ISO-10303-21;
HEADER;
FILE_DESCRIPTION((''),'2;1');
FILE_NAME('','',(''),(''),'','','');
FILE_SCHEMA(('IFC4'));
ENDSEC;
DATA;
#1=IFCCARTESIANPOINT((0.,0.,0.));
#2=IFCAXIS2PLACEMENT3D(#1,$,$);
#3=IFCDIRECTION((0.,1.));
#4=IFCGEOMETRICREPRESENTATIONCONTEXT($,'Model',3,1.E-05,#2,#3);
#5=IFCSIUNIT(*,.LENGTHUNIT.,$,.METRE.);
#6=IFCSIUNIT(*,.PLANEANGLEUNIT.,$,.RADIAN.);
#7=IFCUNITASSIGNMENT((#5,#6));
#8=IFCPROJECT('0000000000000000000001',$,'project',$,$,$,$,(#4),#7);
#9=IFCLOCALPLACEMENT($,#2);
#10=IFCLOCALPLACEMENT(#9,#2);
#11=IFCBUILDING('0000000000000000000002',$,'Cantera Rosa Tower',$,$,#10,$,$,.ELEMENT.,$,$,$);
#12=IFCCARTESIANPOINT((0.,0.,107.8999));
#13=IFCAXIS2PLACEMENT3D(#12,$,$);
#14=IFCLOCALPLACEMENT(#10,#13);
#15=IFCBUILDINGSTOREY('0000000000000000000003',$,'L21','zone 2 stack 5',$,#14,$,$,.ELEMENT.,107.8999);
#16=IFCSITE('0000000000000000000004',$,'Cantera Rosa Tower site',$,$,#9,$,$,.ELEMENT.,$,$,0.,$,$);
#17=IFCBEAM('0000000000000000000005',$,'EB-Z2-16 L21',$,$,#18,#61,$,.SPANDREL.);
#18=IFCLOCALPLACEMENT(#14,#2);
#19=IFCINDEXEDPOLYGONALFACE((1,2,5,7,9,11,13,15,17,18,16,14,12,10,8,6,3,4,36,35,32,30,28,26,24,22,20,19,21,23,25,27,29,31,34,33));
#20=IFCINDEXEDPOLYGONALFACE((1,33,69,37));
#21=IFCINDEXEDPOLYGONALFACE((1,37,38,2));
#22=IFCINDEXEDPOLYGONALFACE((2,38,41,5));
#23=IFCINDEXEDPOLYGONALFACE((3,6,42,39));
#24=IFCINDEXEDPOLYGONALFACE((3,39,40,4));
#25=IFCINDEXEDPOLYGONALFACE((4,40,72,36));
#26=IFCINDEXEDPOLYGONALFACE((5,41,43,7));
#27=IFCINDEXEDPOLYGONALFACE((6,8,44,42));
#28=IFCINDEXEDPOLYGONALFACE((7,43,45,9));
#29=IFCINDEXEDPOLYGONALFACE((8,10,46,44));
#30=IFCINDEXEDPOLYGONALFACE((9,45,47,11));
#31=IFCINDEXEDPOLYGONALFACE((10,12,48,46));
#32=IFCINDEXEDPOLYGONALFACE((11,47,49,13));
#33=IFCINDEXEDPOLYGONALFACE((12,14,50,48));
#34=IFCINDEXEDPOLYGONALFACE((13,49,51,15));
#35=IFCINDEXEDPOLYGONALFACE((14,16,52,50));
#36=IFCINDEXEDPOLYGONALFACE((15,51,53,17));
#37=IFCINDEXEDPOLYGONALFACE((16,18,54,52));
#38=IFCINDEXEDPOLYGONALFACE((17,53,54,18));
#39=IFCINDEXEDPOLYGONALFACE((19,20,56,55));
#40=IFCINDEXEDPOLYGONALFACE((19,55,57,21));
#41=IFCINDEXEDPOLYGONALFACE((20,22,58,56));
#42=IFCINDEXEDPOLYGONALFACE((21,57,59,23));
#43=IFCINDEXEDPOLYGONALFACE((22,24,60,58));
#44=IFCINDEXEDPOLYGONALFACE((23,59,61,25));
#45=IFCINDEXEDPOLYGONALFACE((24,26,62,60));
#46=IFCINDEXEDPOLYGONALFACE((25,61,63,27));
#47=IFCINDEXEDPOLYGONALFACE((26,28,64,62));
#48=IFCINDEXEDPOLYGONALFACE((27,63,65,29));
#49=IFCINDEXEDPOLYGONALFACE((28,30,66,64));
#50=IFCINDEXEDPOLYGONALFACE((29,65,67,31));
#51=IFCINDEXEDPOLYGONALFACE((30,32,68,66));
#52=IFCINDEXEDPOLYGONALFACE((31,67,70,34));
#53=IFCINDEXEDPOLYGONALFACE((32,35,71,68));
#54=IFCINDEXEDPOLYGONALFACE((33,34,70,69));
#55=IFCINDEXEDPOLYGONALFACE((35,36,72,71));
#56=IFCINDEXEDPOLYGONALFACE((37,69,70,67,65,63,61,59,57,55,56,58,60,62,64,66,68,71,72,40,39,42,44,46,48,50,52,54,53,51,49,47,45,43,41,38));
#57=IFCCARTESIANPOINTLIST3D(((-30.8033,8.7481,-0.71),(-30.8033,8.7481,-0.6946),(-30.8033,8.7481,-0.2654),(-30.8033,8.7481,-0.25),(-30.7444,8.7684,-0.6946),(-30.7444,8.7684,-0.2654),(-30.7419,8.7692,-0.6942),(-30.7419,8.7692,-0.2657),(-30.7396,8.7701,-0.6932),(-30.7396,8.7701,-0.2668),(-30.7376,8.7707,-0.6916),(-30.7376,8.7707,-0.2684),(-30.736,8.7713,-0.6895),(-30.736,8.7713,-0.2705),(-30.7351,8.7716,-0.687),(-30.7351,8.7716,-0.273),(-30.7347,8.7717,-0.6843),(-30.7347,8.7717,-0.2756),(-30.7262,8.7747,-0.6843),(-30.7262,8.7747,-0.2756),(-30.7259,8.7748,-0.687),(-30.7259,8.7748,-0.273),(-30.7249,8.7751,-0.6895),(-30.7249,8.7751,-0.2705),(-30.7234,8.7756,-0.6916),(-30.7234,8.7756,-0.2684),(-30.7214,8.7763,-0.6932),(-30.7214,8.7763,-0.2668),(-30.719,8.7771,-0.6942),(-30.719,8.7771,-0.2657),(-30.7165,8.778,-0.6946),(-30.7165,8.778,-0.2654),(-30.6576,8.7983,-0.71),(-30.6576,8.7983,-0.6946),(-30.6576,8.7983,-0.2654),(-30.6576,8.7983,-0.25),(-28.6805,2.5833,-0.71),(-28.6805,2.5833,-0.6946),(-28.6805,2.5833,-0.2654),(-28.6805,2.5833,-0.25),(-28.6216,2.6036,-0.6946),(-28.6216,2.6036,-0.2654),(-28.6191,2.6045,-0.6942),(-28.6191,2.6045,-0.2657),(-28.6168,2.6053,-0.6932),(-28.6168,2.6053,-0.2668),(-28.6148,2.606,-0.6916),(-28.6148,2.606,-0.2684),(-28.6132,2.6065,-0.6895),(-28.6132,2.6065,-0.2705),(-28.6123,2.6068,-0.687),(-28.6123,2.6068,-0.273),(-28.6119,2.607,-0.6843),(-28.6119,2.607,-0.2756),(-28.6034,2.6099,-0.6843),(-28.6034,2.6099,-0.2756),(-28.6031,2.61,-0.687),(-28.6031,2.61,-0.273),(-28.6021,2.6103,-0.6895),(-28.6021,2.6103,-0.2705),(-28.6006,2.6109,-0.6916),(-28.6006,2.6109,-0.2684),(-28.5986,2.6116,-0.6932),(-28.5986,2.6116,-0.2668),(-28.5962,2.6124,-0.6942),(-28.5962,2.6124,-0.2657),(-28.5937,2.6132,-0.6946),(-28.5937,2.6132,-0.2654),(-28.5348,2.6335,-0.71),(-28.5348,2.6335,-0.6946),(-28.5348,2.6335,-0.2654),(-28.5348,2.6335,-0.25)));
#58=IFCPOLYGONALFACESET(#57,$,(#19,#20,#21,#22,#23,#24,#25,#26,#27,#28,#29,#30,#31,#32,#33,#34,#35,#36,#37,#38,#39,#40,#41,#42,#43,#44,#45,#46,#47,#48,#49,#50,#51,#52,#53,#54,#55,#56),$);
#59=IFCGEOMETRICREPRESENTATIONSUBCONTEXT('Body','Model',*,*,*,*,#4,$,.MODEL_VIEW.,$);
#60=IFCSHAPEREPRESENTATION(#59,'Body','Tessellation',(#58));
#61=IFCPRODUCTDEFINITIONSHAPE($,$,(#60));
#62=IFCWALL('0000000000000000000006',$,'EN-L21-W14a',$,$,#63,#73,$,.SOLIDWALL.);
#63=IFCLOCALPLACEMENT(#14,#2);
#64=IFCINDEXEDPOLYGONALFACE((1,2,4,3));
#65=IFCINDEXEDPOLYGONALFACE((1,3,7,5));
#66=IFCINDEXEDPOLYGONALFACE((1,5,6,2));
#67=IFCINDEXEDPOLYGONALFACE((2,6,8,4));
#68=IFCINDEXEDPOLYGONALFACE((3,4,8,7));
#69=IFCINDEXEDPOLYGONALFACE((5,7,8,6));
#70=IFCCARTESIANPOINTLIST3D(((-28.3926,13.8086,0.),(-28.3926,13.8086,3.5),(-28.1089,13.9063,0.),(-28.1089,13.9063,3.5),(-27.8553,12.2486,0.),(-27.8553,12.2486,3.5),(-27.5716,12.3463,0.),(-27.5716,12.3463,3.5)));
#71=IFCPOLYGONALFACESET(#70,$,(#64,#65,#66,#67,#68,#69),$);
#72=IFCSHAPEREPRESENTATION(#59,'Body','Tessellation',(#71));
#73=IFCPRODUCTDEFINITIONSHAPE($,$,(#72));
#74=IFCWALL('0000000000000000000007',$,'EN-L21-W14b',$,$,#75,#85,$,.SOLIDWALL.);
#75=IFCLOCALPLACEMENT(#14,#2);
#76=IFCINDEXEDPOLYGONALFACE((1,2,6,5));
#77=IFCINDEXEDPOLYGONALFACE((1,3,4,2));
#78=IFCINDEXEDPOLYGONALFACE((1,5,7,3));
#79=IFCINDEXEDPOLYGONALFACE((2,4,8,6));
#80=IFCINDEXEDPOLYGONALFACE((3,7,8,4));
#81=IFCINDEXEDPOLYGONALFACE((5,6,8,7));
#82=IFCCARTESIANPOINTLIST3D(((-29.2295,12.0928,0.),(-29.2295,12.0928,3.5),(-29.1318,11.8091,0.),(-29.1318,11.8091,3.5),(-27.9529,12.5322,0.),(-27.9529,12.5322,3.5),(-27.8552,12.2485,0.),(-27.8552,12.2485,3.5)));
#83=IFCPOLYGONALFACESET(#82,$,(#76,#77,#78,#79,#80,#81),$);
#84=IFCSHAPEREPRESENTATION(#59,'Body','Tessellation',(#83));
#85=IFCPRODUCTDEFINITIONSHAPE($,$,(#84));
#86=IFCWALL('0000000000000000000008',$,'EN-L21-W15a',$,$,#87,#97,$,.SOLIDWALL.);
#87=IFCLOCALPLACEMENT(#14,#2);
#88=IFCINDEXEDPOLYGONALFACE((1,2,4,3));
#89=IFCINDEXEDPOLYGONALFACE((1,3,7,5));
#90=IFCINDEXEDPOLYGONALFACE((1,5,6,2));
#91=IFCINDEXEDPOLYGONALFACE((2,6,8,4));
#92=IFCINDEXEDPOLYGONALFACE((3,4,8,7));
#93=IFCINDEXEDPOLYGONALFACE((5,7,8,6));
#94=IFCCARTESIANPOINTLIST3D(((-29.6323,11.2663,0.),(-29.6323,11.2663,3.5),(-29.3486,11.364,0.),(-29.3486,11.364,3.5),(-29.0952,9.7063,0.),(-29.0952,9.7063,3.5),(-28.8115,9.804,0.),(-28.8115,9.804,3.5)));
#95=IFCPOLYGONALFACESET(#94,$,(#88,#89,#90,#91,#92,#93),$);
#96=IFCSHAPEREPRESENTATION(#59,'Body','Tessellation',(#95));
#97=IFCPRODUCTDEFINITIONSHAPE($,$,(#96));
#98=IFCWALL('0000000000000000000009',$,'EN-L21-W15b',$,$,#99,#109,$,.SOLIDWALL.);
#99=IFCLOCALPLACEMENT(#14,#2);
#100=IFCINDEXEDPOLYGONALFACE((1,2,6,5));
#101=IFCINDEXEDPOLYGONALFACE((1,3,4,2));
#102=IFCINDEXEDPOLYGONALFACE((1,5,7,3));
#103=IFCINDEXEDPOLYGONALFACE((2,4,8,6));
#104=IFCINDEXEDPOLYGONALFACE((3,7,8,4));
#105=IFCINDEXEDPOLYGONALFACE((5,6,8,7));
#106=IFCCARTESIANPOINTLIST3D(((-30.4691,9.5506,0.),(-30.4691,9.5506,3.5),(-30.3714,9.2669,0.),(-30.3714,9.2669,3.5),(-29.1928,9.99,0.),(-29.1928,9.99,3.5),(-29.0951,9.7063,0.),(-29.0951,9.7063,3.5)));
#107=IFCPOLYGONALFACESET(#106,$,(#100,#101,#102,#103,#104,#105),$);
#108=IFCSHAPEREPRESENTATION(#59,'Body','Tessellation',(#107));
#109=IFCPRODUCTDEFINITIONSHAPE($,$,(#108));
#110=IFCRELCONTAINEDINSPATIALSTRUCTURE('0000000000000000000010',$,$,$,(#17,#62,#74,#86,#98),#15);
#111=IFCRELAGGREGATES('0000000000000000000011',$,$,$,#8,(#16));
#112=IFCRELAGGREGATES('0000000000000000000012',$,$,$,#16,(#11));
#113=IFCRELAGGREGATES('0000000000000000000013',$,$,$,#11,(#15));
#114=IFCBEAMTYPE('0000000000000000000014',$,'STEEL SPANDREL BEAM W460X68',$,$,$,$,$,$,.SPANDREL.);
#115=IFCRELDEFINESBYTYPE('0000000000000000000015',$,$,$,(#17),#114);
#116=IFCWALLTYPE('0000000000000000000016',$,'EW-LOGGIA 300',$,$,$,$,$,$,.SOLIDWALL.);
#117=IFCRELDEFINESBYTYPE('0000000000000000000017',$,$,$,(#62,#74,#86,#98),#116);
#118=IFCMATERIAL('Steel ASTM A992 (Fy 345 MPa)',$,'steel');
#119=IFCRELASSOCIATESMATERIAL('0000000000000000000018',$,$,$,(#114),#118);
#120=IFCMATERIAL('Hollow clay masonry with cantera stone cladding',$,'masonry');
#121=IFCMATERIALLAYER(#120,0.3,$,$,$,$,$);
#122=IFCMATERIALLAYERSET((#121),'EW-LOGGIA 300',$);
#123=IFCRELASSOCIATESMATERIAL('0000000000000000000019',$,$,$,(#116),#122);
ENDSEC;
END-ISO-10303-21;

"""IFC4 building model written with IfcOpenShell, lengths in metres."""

from ifc_helpers import new_model, si_unit, direction, frame, frame_2d, origin, origin_2d, place, context, subcontext, project, spatial, rectangle, i_section, extrude, material, layer, layer_set, material_profile, profile_set, type_object, element, save


model = new_model("IFC4")

# Units and contexts
model_context = context("Model", 3, precision=1e-05, world=origin(), true_north=direction((0.0, 1.0)))
body_context = subcontext(model_context, "Body", "Model", "MODEL_VIEW")
ifc_project = project(units=[si_unit("LENGTHUNIT", "METRE"), si_unit("PLANEANGLEUNIT", "RADIAN")], contexts=[model_context])

# Site, building, storey
site_placement = place(None, origin())
site = spatial("IfcSite", under=ifc_project, at=site_placement, Name="Cantera Rosa Tower site", CompositionType="ELEMENT", RefElevation=0.0)
building_placement = place(site_placement, origin())
building = spatial("IfcBuilding", under=site, at=building_placement, Name="Cantera Rosa Tower", CompositionType="ELEMENT")
storey_placement = place(building_placement, frame((0.0, 0.0, 107.8999)))
storey = spatial("IfcBuildingStorey", under=building, at=storey_placement, Name="L21", Description="zone 2 stack 5", CompositionType="ELEMENT", Elevation=107.8999)

# Beam
ifc_material_1 = material(Name="Steel ASTM A992 (Fy 345 MPa)", Category="steel")
ifc_material_profile_1 = material_profile(ifc_material_1, i_section(OverallWidth=0.1541, OverallDepth=0.46, WebThickness=0.009, FlangeThickness=0.0154, FilletRadius=0.0103, at=origin_2d()), Name="W460X68")
ifc_profile_set_1 = profile_set([ifc_material_profile_1], Name="Steel ASTM A992 (Fy 345 MPa)")
beam_type_1 = type_object("IfcBeamType", Name="STEEL SPANDREL BEAM W460X68", PredefinedType="SPANDREL", material=ifc_profile_set_1)
beam_1_placement = place(storey_placement, frame((-30.7305, 8.7732, -0.48), z_axis=(0.325581, -0.945514, 0.0), x_axis=(0.945514, 0.325581, 0.0)))
element("IfcBeam", 1, at=beam_1_placement, inside=storey, type_object=beam_type_1, Name="EB-Z2-16 L21", PredefinedType="SPANDREL", context=body_context, shape_type="SweptSolid", body=[
    extrude(i_section(OverallWidth=0.1541, OverallDepth=0.46, WebThickness=0.009, FlangeThickness=0.0154, FilletRadius=0.0103, at=origin_2d()), origin(), (0.0, 0.0, 1.0), 6.52),
])

# Walls
ifc_material_2 = material(Name="Hollow clay masonry with cantera stone cladding", Category="masonry")
ifc_layer_1 = layer(ifc_material_2, 0.3)
ifc_layer_set_1 = layer_set([ifc_layer_1], Name="EW-LOGGIA 300")
wall_type_1 = type_object("IfcWallType", Name="EW-LOGGIA 300", PredefinedType="SOLIDWALL", material=ifc_layer_set_1)
wall_1_placement = place(storey_placement, frame((-28.2507, 13.8574, 0.0), z_axis=(0.0, 0.0, 1.0), x_axis=(0.325667, -0.945485, 0.0)))
element("IfcWall", 2, at=wall_1_placement, inside=storey, type_object=wall_type_1, Name="EN-L21-W14a", PredefinedType="SOLIDWALL", context=body_context, shape_type="SweptSolid", body=[
    extrude(rectangle(XDim=1.6499, YDim=0.3, at=frame_2d((0.825, 0.0))), origin(), (0.0, 0.0, 1.0), 3.5),
])
wall_2_placement = place(storey_placement, frame((-27.9041, 12.3904, 0.0), z_axis=(0.0, 0.0, 1.0), x_axis=(-0.945546, -0.325489, 0.0)))
element("IfcWall", 3, at=wall_2_placement, inside=storey, type_object=wall_type_1, Name="EN-L21-W14b", PredefinedType="SOLIDWALL", context=body_context, shape_type="SweptSolid", body=[
    extrude(rectangle(XDim=1.3501, YDim=0.3, at=frame_2d((0.675, 0.0))), origin(), (0.0, 0.0, 1.0), 3.5),
])
wall_3_placement = place(storey_placement, frame((-29.4905, 11.3152, 0.0), z_axis=(0.0, 0.0, 1.0), x_axis=(0.325535, -0.94553, 0.0)))
element("IfcWall", 4, at=wall_3_placement, inside=storey, type_object=wall_type_1, Name="EN-L21-W15a", PredefinedType="SOLIDWALL", context=body_context, shape_type="SweptSolid", body=[
    extrude(rectangle(XDim=1.6499, YDim=0.3, at=frame_2d((0.825, 0.0))), origin(), (0.0, 0.0, 1.0), 3.5),
])
wall_4_placement = place(storey_placement, frame((-29.144, 9.8481, 0.0), z_axis=(0.0, 0.0, 1.0), x_axis=(-0.945527, -0.325545, 0.0)))
element("IfcWall", 5, at=wall_4_placement, inside=storey, type_object=wall_type_1, Name="EN-L21-W15b", PredefinedType="SOLIDWALL", context=body_context, shape_type="SweptSolid", body=[
    extrude(rectangle(XDim=1.3499, YDim=0.3, at=frame_2d((0.6748, 0.0))), origin(), (0.0, 0.0, 1.0), 3.5),
])

save(model, "model.ifc")
